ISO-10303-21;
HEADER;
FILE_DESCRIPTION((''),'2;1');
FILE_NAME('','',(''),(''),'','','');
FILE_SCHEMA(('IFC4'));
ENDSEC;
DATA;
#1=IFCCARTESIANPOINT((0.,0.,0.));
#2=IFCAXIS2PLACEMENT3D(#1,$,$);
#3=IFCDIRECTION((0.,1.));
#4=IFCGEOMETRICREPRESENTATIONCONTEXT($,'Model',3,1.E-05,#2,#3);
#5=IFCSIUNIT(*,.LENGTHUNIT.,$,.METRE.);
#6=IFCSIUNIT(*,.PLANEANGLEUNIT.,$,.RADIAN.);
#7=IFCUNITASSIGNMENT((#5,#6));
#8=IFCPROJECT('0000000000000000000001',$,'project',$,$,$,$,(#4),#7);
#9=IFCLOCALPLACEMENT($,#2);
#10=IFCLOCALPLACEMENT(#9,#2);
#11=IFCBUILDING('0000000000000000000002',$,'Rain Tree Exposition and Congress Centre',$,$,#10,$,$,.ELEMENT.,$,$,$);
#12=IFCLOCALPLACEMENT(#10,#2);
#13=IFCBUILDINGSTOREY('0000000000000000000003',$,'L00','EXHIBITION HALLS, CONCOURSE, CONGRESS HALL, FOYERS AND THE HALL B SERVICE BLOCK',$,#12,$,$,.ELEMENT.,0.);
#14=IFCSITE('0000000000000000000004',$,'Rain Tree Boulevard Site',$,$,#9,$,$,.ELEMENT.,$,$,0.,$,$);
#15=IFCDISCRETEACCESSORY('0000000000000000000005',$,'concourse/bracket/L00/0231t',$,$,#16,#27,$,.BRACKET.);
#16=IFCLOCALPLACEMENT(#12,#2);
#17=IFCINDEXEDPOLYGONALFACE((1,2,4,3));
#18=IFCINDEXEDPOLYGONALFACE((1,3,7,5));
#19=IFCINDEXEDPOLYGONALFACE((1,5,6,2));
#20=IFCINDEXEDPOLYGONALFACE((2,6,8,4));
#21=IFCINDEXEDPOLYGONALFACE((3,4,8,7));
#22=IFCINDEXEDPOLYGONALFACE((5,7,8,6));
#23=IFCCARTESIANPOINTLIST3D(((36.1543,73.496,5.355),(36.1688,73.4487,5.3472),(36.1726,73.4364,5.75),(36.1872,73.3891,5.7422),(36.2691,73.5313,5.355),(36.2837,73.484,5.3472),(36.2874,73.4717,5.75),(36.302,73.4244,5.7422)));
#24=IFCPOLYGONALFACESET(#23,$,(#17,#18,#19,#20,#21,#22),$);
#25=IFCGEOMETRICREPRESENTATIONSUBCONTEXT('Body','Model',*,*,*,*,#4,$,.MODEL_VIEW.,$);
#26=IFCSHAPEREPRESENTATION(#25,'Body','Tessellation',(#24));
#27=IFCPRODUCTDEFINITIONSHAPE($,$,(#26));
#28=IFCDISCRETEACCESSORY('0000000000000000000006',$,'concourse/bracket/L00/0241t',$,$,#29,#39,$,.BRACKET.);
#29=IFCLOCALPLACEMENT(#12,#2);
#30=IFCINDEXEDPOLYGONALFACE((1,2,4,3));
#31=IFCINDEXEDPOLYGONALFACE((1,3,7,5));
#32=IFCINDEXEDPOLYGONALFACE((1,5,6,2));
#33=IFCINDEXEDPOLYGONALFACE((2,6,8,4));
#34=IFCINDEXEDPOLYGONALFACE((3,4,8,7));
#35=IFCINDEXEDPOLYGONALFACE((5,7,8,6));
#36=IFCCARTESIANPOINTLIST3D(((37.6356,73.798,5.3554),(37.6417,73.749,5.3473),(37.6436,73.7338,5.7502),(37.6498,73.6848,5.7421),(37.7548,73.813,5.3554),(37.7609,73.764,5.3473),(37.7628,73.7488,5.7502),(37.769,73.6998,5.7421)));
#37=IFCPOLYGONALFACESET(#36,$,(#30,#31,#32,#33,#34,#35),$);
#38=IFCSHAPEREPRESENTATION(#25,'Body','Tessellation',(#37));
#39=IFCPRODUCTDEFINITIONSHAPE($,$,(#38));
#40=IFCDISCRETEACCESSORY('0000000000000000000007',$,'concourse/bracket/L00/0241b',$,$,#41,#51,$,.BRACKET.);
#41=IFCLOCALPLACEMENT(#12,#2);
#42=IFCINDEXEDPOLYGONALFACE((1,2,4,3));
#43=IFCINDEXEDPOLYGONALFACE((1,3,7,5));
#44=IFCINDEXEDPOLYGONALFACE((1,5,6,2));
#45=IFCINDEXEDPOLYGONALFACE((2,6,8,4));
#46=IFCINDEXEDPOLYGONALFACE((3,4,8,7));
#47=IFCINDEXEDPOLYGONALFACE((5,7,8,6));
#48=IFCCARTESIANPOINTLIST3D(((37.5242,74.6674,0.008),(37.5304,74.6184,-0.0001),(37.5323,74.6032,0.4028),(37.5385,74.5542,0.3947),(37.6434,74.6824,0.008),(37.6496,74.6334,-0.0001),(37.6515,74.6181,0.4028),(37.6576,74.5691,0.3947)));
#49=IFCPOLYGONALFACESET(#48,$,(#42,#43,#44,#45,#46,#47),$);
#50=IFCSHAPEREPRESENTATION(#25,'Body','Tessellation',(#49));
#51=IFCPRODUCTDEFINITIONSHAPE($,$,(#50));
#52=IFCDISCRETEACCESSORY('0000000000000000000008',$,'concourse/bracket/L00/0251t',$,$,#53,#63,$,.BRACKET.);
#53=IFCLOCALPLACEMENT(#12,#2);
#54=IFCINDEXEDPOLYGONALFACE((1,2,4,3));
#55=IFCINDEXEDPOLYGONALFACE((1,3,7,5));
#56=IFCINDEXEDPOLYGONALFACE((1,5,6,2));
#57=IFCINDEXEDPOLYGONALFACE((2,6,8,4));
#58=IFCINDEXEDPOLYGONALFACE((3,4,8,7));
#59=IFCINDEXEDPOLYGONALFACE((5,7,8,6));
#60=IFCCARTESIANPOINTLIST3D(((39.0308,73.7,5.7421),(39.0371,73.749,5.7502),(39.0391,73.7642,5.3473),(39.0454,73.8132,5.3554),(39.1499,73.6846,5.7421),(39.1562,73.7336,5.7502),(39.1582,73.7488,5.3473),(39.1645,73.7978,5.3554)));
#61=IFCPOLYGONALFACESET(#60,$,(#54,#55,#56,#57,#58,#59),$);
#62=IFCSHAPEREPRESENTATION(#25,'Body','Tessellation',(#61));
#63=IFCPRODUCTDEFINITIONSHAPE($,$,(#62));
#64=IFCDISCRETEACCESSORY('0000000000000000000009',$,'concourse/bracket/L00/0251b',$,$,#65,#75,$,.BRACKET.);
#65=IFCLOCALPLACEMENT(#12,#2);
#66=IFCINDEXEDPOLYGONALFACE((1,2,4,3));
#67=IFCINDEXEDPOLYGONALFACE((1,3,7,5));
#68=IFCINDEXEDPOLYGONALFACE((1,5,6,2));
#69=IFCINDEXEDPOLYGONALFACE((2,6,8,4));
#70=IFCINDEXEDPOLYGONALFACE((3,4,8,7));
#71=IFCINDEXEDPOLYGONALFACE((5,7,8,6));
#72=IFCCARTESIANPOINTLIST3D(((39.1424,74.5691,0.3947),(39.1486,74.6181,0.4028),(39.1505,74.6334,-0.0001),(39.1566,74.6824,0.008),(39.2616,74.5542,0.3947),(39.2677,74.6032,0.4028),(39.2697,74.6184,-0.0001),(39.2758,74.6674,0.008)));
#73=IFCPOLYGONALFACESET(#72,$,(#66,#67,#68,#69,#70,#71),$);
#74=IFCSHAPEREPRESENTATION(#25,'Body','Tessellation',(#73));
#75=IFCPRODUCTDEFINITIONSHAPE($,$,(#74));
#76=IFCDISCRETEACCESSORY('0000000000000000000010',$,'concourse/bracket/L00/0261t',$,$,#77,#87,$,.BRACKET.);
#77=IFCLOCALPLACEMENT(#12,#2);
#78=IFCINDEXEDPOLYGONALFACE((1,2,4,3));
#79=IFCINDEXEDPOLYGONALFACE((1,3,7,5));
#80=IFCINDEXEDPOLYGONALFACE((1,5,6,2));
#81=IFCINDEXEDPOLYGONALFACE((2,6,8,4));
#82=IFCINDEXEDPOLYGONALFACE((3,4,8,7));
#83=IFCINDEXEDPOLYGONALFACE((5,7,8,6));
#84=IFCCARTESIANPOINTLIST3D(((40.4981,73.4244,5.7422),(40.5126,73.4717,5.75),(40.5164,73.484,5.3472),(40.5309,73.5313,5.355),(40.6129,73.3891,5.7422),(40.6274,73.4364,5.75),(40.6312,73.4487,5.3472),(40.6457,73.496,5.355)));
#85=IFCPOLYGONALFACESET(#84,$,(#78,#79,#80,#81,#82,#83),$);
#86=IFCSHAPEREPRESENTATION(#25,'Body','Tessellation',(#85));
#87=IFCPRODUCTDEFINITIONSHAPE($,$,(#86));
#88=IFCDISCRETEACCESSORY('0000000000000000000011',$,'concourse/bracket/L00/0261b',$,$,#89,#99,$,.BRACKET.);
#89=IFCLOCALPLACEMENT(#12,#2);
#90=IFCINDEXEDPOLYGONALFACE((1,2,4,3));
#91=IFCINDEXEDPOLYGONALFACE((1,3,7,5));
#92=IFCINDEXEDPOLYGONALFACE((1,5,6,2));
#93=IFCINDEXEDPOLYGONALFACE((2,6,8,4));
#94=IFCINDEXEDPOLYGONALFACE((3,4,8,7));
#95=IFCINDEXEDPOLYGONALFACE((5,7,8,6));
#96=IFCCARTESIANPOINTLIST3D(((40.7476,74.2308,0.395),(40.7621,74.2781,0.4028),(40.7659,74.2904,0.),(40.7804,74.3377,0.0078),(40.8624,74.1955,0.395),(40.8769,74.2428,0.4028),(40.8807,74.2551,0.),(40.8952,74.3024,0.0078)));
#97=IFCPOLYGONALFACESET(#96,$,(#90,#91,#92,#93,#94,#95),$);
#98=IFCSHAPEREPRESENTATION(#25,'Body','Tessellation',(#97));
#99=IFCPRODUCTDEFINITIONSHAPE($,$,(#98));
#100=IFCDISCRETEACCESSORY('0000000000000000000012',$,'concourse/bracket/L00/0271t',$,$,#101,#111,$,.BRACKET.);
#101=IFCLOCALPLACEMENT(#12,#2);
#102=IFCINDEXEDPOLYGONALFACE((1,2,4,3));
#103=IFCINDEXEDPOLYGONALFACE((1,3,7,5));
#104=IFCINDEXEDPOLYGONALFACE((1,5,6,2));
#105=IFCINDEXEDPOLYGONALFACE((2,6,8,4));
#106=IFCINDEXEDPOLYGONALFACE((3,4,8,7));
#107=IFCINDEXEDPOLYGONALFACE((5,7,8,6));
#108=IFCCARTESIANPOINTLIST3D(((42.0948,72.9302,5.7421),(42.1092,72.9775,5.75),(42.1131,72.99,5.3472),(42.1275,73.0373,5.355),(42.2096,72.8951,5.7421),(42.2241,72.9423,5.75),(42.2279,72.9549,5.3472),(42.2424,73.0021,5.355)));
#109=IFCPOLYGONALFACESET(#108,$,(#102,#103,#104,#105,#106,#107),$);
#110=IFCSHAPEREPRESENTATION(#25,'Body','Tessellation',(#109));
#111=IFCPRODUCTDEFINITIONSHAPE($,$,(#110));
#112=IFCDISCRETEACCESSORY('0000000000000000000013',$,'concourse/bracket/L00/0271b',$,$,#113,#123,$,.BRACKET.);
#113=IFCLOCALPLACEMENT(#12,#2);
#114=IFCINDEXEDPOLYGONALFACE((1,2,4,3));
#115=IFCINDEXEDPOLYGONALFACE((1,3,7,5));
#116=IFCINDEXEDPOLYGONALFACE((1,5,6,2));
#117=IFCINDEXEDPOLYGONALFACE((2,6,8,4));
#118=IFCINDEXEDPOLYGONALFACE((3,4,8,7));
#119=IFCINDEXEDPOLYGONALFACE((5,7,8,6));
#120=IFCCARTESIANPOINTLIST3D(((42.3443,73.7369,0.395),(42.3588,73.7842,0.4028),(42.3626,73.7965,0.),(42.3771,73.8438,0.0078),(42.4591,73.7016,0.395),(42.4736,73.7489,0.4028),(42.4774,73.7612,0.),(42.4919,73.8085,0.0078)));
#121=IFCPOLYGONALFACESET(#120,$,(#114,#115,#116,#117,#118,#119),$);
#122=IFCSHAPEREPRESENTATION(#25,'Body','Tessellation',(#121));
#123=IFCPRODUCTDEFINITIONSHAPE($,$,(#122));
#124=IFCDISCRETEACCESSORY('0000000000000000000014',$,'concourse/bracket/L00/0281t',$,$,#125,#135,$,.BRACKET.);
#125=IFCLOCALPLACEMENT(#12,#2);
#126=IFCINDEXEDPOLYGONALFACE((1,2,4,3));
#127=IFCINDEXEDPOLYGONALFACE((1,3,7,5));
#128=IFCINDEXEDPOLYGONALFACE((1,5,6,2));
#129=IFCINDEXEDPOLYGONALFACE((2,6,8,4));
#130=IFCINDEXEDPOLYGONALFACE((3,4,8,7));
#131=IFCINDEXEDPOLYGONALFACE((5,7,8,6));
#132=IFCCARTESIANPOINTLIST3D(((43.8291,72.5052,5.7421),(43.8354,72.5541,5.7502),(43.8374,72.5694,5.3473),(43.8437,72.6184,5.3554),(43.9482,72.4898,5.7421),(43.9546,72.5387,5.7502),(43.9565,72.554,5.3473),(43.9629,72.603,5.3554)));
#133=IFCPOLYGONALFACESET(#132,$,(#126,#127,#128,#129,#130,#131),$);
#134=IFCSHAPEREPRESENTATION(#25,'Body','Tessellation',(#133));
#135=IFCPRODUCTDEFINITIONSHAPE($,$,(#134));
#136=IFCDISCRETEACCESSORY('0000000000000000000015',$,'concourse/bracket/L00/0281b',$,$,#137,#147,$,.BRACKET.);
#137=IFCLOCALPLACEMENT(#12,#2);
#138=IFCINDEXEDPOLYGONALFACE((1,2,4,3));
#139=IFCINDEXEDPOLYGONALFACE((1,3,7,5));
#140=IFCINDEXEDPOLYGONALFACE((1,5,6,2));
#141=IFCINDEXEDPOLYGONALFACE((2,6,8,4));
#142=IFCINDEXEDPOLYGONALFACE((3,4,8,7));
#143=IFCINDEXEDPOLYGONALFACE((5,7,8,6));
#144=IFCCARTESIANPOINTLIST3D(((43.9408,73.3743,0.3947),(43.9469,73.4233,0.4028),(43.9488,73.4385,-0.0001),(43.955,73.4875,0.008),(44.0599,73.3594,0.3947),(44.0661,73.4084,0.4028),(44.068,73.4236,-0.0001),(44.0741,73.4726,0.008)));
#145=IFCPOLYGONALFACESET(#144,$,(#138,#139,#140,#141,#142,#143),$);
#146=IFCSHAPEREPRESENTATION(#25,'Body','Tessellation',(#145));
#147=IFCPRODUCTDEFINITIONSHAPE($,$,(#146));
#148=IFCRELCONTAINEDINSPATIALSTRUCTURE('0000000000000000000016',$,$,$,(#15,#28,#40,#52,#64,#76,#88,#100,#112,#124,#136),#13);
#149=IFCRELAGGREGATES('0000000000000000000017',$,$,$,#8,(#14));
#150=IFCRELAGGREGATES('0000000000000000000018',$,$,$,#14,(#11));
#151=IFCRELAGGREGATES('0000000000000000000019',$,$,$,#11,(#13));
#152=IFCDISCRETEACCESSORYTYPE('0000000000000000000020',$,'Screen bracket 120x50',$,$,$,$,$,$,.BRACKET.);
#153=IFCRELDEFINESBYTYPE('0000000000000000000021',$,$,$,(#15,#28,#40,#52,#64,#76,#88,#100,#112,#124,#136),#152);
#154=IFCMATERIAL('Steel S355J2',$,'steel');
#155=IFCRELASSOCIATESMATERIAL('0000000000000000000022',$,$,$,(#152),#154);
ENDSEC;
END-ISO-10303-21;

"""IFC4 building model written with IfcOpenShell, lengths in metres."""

from ifc_helpers import new_model, si_unit, direction, frame, origin, origin_2d, place, context, subcontext, project, spatial, rectangle, extrude, material, material_profile, profile_set, type_object, element, save


model = new_model("IFC4")

# Units and contexts
model_context = context("Model", 3, precision=1e-05, world=origin(), true_north=direction((0.0, 1.0)))
body_context = subcontext(model_context, "Body", "Model", "MODEL_VIEW")
ifc_project = project(units=[si_unit("LENGTHUNIT", "METRE"), si_unit("PLANEANGLEUNIT", "RADIAN")], contexts=[model_context])

# Site, building, storey
site_placement = place(None, origin())
site = spatial("IfcSite", under=ifc_project, at=site_placement, Name="Rain Tree Boulevard Site", CompositionType="ELEMENT", RefElevation=0.0)
building_placement = place(site_placement, origin())
building = spatial("IfcBuilding", under=site, at=building_placement, Name="Rain Tree Exposition and Congress Centre", CompositionType="ELEMENT")
storey_placement = place(building_placement, origin())
storey = spatial("IfcBuildingStorey", under=building, at=storey_placement, Name="L00", Description="EXHIBITION HALLS, CONCOURSE, CONGRESS HALL, FOYERS AND THE HALL B SERVICE BLOCK", CompositionType="ELEMENT", Elevation=0.0)

# Discrete accessories
ifc_material_1 = material(Name="Steel S355J2", Category="steel")
ifc_material_profile_1 = material_profile(ifc_material_1, rectangle(XDim=0.1201, YDim=0.05, at=origin_2d()), Name="Flat bar 120x50")
ifc_profile_set_1 = profile_set([ifc_material_profile_1], Name="Steel S355J2")
discrete_accessory_type = type_object("IfcDiscreteAccessoryType", Name="Screen bracket 120x50", PredefinedType="BRACKET", material=ifc_profile_set_1)
discrete_accessory_placement = place(storey_placement, frame((36.219, 73.49, 5.3511), z_axis=(0.045787, -0.148961, 0.987782), x_axis=(0.955864, 0.293811, 0.0)))
element("IfcDiscreteAccessory", 1, at=discrete_accessory_placement, inside=storey, type_object=discrete_accessory_type, Name="concourse/bracket/L00/0231t", PredefinedType="BRACKET", context=body_context, shape_type="SweptSolid", body=[
    extrude(rectangle(XDim=0.1201, YDim=0.05, at=origin_2d()), origin(), (0.0, 0.0, 1.0), 0.3999),
])
for number, where, z_axis, x_axis, name in (
    (2, (37.6982, 73.781, 5.3513), (0.020139, -0.160505, 0.98683), (0.99222, 0.124499, 0.0), "concourse/bracket/L00/0241t"),
    (3, (37.5869, 74.6504, 0.0039), (0.020139, -0.160505, 0.98683), (0.99222, 0.124499, 0.0), "concourse/bracket/L00/0241b"),
    (4, (39.1018, 73.781, 5.3513), (-0.020749, -0.160503, 0.986817), (0.991747, -0.128211, 0.0), "concourse/bracket/L00/0251t"),
    (5, (39.2131, 74.6504, 0.0039), (-0.020139, -0.160505, 0.98683), (0.99222, -0.124499, 0.0), "concourse/bracket/L00/0251b"),
):
    element("IfcDiscreteAccessory", number, at=place(storey_placement, frame(where, z_axis=z_axis, x_axis=x_axis)), inside=storey, type_object=discrete_accessory_type, Name=name, PredefinedType="BRACKET", context=body_context, shape_type="SweptSolid", body=[
        extrude(rectangle(XDim=0.1201, YDim=0.05, at=origin_2d()), origin(), (0.0, 0.0, 1.0), 0.4001),
    ])
for number, where, z_axis, x_axis, name in (
    (6, (40.5811, 73.49, 5.3511), (-0.045787, -0.148961, 0.987782), (0.955864, -0.293811, 0.0), "concourse/bracket/L00/0261t"),
    (7, (40.8306, 74.2964, 0.0039), (-0.045787, -0.148961, 0.987782), (0.955864, -0.293811, 0.0), "concourse/bracket/L00/0261b"),
    (8, (42.1777, 72.9961, 5.3511), (-0.045783, -0.149558, 0.987692), (0.9562, -0.292714, 0.0), "concourse/bracket/L00/0271t"),
    (9, (42.4272, 73.8025, 0.0039), (-0.045787, -0.148961, 0.987782), (0.955864, -0.293811, 0.0), "concourse/bracket/L00/0271b"),
):
    element("IfcDiscreteAccessory", number, at=place(storey_placement, frame(where, z_axis=z_axis, x_axis=x_axis)), inside=storey, type_object=discrete_accessory_type, Name=name, PredefinedType="BRACKET", context=body_context, shape_type="SweptSolid", body=[
        extrude(rectangle(XDim=0.1201, YDim=0.05, at=origin_2d()), origin(), (0.0, 0.0, 1.0), 0.3999),
    ])
for number, where, z_axis, x_axis, name in (
    (10, (43.9001, 72.5862, 5.3513), (-0.020749, -0.160503, 0.986817), (0.991747, -0.128211, 0.0), "concourse/bracket/L00/0281t"),
    (11, (44.0115, 73.4556, 0.0039), (-0.020139, -0.160505, 0.98683), (0.99222, -0.124499, 0.0), "concourse/bracket/L00/0281b"),
):
    element("IfcDiscreteAccessory", number, at=place(storey_placement, frame(where, z_axis=z_axis, x_axis=x_axis)), inside=storey, type_object=discrete_accessory_type, Name=name, PredefinedType="BRACKET", context=body_context, shape_type="SweptSolid", body=[
        extrude(rectangle(XDim=0.1201, YDim=0.05, at=origin_2d()), origin(), (0.0, 0.0, 1.0), 0.4001),
    ])

save(model, "model.ifc")
